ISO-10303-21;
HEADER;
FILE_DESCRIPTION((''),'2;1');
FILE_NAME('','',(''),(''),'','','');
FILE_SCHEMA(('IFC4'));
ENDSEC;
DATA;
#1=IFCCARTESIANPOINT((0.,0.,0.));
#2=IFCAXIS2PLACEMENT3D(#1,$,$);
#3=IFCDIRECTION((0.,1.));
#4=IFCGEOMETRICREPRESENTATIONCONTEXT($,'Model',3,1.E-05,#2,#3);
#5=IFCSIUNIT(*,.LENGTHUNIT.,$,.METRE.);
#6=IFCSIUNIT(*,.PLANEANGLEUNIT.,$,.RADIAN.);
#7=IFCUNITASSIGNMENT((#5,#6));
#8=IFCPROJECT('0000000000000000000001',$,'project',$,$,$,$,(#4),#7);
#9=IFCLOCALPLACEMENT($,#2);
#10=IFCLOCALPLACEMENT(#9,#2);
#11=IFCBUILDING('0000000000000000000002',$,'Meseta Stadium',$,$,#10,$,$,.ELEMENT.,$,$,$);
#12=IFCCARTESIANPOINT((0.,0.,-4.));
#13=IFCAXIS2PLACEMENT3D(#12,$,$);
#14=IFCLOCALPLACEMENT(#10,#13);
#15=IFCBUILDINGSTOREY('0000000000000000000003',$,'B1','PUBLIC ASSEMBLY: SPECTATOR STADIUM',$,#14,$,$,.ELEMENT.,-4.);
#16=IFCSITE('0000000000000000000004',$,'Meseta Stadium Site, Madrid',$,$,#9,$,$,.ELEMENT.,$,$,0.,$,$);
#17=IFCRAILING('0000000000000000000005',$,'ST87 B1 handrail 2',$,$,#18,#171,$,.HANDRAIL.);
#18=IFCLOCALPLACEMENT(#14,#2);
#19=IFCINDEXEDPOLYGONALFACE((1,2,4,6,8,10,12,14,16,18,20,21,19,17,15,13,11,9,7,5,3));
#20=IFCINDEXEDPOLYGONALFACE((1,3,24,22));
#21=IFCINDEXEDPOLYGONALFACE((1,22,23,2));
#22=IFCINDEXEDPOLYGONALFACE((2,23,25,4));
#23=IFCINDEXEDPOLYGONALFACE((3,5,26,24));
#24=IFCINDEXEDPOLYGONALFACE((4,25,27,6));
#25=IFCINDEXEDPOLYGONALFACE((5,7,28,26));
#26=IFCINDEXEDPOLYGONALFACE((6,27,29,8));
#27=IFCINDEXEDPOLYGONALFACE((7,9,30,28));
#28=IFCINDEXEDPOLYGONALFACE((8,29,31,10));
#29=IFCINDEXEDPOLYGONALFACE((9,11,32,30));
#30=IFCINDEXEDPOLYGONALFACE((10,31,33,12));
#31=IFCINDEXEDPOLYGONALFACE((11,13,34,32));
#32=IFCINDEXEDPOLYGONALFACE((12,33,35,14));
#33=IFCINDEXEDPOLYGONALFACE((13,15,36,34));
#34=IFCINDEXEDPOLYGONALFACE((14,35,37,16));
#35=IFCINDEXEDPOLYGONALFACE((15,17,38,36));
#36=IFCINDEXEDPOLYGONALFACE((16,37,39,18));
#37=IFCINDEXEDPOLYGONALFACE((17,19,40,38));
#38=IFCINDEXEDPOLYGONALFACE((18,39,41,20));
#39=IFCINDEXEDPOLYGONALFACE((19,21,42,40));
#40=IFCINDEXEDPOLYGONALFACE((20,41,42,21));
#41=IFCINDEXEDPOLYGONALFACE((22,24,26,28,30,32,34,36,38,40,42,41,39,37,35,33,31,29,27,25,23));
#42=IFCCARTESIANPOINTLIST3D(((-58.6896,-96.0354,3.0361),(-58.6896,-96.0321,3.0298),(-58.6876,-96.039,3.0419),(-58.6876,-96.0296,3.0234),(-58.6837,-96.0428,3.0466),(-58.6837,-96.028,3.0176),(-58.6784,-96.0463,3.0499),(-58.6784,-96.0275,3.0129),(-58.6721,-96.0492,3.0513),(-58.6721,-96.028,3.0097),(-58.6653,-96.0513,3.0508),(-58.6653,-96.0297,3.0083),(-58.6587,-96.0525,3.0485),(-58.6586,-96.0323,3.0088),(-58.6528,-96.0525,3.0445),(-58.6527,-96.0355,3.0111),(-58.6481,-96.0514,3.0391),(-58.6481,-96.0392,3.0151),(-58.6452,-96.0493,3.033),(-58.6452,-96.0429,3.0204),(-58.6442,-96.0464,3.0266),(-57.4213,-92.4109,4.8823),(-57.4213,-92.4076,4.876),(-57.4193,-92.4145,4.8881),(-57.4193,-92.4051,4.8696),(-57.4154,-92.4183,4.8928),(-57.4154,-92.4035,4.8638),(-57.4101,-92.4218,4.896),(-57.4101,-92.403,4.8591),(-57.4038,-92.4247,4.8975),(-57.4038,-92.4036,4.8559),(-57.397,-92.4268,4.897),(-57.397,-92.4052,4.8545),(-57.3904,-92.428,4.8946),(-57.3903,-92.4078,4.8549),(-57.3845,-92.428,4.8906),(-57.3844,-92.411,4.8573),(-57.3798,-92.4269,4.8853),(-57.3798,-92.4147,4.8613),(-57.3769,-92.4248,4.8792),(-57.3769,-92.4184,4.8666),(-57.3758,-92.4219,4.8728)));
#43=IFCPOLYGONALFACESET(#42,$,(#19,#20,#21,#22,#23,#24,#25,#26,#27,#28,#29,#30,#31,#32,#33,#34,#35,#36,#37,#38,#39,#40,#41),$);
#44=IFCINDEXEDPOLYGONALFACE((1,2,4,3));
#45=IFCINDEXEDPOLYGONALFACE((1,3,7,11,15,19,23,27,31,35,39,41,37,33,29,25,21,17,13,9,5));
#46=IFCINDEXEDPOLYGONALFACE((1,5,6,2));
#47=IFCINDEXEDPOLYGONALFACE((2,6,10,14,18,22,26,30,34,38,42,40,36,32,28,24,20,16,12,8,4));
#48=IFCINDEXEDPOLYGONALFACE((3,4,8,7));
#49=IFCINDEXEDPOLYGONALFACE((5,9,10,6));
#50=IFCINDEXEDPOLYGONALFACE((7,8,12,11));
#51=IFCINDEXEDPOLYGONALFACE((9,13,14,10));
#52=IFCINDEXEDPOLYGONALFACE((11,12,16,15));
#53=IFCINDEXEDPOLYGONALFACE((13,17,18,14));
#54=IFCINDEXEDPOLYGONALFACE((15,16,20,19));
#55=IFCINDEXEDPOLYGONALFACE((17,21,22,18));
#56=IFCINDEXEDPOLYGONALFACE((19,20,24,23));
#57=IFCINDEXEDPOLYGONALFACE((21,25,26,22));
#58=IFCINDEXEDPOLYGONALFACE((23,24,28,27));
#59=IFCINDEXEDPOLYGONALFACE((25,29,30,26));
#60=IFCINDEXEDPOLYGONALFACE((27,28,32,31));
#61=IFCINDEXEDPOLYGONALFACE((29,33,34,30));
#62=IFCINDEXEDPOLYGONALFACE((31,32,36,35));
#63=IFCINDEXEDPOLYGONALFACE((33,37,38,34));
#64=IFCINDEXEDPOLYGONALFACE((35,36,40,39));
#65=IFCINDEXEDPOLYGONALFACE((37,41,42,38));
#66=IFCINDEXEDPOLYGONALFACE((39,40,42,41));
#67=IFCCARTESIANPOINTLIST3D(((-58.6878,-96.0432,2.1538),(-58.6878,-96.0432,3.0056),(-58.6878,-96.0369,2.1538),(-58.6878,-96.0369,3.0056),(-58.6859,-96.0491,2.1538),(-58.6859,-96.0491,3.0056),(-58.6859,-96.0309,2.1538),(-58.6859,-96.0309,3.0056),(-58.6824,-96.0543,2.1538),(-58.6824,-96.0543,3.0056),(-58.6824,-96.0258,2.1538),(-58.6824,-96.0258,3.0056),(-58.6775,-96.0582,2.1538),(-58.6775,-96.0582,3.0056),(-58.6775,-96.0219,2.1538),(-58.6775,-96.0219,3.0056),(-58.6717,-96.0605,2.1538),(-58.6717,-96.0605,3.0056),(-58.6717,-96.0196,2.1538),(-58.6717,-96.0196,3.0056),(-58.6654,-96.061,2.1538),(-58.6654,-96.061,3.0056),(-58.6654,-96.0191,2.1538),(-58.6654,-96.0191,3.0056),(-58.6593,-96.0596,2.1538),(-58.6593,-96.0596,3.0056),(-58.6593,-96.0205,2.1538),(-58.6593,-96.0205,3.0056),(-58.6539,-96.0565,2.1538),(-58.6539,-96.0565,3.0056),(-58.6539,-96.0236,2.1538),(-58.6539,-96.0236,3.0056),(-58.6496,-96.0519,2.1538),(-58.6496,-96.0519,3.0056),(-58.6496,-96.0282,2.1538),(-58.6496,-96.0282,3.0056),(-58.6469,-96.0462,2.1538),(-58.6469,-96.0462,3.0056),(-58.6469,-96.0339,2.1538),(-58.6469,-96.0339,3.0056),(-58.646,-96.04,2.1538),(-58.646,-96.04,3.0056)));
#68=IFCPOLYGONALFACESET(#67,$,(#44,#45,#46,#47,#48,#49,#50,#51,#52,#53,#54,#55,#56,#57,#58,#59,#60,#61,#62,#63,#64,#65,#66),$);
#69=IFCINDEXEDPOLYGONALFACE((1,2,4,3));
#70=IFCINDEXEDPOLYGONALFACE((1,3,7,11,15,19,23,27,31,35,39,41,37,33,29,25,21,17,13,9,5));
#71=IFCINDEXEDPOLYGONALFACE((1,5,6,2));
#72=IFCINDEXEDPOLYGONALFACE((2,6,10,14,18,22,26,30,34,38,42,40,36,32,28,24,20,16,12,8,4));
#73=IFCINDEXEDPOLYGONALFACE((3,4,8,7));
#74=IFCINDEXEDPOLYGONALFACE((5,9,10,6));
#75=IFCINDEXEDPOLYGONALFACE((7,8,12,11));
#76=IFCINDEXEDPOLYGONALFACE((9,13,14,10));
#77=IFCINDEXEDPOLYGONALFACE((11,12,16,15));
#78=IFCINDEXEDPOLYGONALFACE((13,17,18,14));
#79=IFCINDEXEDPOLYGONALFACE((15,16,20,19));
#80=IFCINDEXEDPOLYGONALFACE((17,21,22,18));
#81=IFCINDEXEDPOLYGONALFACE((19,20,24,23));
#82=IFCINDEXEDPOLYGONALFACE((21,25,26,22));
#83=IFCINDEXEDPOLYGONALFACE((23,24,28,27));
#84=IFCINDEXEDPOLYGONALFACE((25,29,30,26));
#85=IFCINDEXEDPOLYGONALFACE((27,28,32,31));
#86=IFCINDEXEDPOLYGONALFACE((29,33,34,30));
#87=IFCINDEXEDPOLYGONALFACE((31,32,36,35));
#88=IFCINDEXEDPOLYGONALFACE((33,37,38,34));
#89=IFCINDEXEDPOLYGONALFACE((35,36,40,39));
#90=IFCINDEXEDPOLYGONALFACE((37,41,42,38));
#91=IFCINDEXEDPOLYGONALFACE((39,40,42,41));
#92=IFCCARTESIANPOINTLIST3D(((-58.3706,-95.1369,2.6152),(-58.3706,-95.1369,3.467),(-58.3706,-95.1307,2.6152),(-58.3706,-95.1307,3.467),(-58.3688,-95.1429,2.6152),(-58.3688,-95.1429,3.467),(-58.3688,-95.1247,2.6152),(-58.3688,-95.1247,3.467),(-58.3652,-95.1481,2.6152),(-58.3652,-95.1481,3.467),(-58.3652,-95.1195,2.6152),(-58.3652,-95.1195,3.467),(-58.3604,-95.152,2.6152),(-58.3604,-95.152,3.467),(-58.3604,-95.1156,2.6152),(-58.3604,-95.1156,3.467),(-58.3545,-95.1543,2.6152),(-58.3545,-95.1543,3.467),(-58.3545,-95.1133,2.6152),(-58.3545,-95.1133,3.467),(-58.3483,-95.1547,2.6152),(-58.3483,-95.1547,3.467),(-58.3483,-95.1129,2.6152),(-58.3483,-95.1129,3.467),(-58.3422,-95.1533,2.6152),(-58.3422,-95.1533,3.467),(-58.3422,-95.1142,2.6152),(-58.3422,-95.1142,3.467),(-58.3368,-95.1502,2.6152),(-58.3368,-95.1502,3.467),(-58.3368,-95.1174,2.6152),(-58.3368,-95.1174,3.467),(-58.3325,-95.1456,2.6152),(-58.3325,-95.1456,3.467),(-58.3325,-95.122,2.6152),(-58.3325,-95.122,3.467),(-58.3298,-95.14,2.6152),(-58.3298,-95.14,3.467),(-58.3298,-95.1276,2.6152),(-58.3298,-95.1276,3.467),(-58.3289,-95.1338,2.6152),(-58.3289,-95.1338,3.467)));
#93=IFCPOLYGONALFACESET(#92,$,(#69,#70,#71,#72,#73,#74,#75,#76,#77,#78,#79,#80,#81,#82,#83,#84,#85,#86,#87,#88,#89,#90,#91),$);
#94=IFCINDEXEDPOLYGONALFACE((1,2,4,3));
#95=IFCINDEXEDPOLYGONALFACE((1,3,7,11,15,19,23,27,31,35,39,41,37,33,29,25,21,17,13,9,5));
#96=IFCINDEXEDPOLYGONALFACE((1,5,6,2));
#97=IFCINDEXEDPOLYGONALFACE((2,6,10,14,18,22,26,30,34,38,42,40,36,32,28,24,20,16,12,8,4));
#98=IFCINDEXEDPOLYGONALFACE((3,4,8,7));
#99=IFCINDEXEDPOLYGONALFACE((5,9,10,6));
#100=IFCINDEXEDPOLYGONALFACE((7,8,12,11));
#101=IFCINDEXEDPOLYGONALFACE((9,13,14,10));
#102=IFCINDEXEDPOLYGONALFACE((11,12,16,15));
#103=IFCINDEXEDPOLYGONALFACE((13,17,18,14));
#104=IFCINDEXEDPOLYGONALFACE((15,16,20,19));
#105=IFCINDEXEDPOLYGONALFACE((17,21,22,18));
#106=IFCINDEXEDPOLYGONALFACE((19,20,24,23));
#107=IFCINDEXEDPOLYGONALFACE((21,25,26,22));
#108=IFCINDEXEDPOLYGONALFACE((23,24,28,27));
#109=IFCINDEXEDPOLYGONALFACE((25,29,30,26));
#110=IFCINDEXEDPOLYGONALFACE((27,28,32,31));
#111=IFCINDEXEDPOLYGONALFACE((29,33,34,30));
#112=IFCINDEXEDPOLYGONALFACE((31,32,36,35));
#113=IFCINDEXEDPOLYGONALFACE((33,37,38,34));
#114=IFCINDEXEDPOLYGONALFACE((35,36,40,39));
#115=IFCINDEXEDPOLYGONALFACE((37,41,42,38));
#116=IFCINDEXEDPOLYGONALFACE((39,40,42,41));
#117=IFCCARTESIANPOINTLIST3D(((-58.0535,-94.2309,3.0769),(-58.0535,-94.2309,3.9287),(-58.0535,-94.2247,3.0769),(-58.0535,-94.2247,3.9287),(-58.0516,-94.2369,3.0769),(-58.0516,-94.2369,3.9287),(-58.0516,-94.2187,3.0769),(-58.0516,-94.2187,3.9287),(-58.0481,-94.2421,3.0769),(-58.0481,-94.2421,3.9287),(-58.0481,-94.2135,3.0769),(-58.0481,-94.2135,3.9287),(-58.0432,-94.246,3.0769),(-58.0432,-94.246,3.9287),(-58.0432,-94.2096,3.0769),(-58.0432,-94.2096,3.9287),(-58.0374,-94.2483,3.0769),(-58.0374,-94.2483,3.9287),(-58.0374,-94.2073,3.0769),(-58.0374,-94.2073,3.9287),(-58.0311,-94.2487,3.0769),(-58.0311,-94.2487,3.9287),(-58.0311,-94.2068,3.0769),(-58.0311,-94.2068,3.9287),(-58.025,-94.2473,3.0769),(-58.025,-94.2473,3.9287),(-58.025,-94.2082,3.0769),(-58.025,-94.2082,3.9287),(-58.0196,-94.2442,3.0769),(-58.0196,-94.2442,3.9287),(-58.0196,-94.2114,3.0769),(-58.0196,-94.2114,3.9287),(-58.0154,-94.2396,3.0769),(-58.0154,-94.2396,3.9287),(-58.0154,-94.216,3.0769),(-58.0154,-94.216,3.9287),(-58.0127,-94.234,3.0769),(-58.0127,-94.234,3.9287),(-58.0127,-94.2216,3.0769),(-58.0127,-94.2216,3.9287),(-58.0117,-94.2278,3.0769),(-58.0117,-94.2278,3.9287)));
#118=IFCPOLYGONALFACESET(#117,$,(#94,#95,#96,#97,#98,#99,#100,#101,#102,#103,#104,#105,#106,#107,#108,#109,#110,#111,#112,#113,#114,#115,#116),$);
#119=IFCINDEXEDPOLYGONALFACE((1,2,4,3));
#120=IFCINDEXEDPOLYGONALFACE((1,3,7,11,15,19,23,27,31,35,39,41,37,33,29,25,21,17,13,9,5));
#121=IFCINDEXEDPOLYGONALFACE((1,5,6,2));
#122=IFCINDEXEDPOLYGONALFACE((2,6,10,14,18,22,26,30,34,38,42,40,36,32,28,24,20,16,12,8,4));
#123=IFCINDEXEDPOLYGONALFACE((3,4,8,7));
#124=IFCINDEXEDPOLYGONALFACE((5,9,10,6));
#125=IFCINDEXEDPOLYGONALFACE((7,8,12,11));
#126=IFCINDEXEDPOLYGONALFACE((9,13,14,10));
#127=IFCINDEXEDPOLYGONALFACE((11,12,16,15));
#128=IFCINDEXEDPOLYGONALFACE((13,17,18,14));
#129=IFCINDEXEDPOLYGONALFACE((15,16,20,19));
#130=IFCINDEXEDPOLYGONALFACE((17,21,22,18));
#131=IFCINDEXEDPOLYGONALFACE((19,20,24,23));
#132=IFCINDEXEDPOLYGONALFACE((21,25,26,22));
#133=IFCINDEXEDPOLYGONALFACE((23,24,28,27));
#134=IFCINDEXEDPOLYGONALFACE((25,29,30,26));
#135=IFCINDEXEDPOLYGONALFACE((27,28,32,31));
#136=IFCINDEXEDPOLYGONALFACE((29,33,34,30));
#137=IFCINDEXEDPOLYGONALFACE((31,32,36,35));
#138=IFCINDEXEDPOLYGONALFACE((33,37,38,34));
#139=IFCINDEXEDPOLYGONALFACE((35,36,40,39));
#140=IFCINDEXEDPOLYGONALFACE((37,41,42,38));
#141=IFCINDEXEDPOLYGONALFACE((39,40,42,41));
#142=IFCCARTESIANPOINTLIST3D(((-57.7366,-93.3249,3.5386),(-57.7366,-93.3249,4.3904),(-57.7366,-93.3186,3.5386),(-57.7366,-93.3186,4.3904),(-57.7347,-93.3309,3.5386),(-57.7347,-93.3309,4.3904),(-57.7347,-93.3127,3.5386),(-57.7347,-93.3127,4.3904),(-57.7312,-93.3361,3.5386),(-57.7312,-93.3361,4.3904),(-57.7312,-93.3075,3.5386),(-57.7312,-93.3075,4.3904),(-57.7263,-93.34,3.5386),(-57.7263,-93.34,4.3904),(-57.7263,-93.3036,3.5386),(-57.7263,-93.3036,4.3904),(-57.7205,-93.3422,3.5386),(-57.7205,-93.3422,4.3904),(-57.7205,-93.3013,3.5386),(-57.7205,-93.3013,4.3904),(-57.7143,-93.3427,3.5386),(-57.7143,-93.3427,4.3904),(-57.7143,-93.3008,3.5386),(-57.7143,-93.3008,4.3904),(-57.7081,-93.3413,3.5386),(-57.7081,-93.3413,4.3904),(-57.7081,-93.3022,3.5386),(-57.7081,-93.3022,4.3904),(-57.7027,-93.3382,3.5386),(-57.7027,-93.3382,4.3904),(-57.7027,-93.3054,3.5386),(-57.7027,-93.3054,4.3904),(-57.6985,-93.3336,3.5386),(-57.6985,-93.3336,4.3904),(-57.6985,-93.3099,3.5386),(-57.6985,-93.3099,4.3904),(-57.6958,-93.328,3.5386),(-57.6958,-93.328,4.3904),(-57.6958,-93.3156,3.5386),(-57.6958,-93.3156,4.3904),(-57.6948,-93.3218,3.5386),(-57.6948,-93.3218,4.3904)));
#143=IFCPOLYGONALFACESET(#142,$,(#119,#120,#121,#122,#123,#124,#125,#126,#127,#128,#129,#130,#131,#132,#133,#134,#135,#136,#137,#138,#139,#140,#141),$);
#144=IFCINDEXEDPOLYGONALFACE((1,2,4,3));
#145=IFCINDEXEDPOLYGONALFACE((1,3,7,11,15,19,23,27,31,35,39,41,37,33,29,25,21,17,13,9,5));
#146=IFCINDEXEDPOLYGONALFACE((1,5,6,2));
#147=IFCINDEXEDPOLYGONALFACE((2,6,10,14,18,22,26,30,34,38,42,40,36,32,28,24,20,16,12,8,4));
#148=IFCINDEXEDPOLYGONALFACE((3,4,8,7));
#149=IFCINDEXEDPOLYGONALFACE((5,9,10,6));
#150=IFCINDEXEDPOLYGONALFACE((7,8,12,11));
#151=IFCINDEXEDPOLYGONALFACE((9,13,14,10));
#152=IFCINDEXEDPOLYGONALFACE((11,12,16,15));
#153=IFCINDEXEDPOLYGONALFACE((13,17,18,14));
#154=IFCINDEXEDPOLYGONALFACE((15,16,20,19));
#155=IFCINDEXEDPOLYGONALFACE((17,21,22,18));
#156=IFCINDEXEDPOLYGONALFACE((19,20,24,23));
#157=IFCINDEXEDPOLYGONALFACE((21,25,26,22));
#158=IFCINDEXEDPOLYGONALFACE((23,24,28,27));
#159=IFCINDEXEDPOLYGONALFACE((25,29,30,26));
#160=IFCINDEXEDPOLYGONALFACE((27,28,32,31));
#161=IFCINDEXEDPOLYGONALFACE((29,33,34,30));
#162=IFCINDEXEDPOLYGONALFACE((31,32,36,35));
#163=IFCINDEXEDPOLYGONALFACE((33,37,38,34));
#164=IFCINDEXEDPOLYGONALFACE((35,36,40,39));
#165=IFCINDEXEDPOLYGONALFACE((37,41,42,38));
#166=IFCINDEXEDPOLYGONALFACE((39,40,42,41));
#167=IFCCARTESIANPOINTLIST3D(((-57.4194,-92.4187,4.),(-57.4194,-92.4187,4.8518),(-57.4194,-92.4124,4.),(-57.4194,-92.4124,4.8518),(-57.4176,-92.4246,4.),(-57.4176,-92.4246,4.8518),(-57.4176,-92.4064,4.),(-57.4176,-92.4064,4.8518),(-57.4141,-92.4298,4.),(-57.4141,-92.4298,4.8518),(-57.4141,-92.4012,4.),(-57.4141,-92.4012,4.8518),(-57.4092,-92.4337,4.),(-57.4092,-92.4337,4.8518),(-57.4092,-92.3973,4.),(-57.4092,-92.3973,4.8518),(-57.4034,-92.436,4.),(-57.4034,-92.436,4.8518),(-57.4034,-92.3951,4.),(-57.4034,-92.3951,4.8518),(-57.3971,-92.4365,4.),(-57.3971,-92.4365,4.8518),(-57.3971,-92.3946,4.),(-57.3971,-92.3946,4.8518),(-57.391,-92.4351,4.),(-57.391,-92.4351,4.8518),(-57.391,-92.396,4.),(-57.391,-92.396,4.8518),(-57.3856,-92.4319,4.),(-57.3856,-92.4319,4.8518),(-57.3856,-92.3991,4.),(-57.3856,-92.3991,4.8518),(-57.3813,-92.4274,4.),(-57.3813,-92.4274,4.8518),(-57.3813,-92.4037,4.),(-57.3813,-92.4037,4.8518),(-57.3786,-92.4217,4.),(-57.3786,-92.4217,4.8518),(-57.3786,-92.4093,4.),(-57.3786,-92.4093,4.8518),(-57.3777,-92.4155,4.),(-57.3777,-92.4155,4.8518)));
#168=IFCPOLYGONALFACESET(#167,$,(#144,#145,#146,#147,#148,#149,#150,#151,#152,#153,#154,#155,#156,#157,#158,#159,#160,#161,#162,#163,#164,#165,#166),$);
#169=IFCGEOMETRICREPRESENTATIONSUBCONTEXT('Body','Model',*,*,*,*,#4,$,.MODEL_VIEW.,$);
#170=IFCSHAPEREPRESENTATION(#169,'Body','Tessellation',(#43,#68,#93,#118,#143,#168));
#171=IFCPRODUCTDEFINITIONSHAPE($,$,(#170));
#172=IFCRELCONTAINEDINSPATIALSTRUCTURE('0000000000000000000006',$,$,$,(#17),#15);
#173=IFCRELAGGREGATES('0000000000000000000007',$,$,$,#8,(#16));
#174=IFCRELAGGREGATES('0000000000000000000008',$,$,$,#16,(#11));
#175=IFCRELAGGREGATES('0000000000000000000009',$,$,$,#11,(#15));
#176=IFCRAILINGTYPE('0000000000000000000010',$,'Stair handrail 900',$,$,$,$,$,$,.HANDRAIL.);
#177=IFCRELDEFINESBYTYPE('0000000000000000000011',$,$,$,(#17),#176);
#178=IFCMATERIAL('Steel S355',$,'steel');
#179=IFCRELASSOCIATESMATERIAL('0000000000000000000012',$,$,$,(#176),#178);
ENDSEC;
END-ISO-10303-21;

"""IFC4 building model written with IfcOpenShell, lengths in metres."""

from ifc_helpers import new_model, si_unit, direction, frame, origin, origin_2d, place, context, subcontext, project, spatial, circle, extrude, material, type_object, element, save


model = new_model("IFC4")

# Units and contexts
model_context = context("Model", 3, precision=1e-05, world=origin(), true_north=direction((0.0, 1.0)))
body_context = subcontext(model_context, "Body", "Model", "MODEL_VIEW")
ifc_project = project(units=[si_unit("LENGTHUNIT", "METRE"), si_unit("PLANEANGLEUNIT", "RADIAN")], contexts=[model_context])

# Site, building, storey
site_placement = place(None, origin())
site = spatial("IfcSite", under=ifc_project, at=site_placement, Name="Meseta Stadium Site, Madrid", CompositionType="ELEMENT", RefElevation=0.0)
building_placement = place(site_placement, origin())
building = spatial("IfcBuilding", under=site, at=building_placement, Name="Meseta Stadium", CompositionType="ELEMENT")
storey_placement = place(building_placement, frame((0.0, 0.0, -4.0)))
storey = spatial("IfcBuildingStorey", under=building, at=storey_placement, Name="B1", Description="PUBLIC ASSEMBLY: SPECTATOR STADIUM", CompositionType="ELEMENT", Elevation=-4.0)

# Railing
ifc_material_1 = material(Name="Steel S355", Category="steel")
railing_type_1 = type_object("IfcRailingType", Name="Stair handrail 900", PredefinedType="HANDRAIL", material=ifc_material_1)
railing_1_placement = place(storey_placement, frame((-58.667, -96.04, 2.1538)))
element("IfcRailing", 1, at=railing_1_placement, inside=storey, type_object=railing_type_1, Name="ST87 B1 handrail 2", PredefinedType="HANDRAIL", context=body_context, shape_type="SweptSolid", body=[
    extrude(circle(Radius=0.0239, at=origin_2d()), frame((0.0, 0.0, 0.876), z_axis=(0.297672, 0.850672, 0.4333), x_axis=(-0.94388, 0.330288, 0.0)), (0.0, 0.0, 1.0), 4.2607),
    extrude(circle(Radius=0.021, at=origin_2d()), origin(), (0.0, 0.0, 1.0), 0.8518),
    extrude(circle(Radius=0.021, at=origin_2d()), frame((0.3171, 0.9062, 0.4614)), (0.0, 0.0, 1.0), 0.8518),
    extrude(circle(Radius=0.021, at=origin_2d()), frame((0.6343, 1.8123, 0.9231)), (0.0, 0.0, 1.0), 0.8518),
    extrude(circle(Radius=0.021, at=origin_2d()), frame((0.9512, 2.7183, 1.3848)), (0.0, 0.0, 1.0), 0.8518),
    extrude(circle(Radius=0.021, at=origin_2d()), frame((1.2683, 3.6245, 1.8462)), (0.0, 0.0, 1.0), 0.8518),
])

save(model, "model.ifc")
